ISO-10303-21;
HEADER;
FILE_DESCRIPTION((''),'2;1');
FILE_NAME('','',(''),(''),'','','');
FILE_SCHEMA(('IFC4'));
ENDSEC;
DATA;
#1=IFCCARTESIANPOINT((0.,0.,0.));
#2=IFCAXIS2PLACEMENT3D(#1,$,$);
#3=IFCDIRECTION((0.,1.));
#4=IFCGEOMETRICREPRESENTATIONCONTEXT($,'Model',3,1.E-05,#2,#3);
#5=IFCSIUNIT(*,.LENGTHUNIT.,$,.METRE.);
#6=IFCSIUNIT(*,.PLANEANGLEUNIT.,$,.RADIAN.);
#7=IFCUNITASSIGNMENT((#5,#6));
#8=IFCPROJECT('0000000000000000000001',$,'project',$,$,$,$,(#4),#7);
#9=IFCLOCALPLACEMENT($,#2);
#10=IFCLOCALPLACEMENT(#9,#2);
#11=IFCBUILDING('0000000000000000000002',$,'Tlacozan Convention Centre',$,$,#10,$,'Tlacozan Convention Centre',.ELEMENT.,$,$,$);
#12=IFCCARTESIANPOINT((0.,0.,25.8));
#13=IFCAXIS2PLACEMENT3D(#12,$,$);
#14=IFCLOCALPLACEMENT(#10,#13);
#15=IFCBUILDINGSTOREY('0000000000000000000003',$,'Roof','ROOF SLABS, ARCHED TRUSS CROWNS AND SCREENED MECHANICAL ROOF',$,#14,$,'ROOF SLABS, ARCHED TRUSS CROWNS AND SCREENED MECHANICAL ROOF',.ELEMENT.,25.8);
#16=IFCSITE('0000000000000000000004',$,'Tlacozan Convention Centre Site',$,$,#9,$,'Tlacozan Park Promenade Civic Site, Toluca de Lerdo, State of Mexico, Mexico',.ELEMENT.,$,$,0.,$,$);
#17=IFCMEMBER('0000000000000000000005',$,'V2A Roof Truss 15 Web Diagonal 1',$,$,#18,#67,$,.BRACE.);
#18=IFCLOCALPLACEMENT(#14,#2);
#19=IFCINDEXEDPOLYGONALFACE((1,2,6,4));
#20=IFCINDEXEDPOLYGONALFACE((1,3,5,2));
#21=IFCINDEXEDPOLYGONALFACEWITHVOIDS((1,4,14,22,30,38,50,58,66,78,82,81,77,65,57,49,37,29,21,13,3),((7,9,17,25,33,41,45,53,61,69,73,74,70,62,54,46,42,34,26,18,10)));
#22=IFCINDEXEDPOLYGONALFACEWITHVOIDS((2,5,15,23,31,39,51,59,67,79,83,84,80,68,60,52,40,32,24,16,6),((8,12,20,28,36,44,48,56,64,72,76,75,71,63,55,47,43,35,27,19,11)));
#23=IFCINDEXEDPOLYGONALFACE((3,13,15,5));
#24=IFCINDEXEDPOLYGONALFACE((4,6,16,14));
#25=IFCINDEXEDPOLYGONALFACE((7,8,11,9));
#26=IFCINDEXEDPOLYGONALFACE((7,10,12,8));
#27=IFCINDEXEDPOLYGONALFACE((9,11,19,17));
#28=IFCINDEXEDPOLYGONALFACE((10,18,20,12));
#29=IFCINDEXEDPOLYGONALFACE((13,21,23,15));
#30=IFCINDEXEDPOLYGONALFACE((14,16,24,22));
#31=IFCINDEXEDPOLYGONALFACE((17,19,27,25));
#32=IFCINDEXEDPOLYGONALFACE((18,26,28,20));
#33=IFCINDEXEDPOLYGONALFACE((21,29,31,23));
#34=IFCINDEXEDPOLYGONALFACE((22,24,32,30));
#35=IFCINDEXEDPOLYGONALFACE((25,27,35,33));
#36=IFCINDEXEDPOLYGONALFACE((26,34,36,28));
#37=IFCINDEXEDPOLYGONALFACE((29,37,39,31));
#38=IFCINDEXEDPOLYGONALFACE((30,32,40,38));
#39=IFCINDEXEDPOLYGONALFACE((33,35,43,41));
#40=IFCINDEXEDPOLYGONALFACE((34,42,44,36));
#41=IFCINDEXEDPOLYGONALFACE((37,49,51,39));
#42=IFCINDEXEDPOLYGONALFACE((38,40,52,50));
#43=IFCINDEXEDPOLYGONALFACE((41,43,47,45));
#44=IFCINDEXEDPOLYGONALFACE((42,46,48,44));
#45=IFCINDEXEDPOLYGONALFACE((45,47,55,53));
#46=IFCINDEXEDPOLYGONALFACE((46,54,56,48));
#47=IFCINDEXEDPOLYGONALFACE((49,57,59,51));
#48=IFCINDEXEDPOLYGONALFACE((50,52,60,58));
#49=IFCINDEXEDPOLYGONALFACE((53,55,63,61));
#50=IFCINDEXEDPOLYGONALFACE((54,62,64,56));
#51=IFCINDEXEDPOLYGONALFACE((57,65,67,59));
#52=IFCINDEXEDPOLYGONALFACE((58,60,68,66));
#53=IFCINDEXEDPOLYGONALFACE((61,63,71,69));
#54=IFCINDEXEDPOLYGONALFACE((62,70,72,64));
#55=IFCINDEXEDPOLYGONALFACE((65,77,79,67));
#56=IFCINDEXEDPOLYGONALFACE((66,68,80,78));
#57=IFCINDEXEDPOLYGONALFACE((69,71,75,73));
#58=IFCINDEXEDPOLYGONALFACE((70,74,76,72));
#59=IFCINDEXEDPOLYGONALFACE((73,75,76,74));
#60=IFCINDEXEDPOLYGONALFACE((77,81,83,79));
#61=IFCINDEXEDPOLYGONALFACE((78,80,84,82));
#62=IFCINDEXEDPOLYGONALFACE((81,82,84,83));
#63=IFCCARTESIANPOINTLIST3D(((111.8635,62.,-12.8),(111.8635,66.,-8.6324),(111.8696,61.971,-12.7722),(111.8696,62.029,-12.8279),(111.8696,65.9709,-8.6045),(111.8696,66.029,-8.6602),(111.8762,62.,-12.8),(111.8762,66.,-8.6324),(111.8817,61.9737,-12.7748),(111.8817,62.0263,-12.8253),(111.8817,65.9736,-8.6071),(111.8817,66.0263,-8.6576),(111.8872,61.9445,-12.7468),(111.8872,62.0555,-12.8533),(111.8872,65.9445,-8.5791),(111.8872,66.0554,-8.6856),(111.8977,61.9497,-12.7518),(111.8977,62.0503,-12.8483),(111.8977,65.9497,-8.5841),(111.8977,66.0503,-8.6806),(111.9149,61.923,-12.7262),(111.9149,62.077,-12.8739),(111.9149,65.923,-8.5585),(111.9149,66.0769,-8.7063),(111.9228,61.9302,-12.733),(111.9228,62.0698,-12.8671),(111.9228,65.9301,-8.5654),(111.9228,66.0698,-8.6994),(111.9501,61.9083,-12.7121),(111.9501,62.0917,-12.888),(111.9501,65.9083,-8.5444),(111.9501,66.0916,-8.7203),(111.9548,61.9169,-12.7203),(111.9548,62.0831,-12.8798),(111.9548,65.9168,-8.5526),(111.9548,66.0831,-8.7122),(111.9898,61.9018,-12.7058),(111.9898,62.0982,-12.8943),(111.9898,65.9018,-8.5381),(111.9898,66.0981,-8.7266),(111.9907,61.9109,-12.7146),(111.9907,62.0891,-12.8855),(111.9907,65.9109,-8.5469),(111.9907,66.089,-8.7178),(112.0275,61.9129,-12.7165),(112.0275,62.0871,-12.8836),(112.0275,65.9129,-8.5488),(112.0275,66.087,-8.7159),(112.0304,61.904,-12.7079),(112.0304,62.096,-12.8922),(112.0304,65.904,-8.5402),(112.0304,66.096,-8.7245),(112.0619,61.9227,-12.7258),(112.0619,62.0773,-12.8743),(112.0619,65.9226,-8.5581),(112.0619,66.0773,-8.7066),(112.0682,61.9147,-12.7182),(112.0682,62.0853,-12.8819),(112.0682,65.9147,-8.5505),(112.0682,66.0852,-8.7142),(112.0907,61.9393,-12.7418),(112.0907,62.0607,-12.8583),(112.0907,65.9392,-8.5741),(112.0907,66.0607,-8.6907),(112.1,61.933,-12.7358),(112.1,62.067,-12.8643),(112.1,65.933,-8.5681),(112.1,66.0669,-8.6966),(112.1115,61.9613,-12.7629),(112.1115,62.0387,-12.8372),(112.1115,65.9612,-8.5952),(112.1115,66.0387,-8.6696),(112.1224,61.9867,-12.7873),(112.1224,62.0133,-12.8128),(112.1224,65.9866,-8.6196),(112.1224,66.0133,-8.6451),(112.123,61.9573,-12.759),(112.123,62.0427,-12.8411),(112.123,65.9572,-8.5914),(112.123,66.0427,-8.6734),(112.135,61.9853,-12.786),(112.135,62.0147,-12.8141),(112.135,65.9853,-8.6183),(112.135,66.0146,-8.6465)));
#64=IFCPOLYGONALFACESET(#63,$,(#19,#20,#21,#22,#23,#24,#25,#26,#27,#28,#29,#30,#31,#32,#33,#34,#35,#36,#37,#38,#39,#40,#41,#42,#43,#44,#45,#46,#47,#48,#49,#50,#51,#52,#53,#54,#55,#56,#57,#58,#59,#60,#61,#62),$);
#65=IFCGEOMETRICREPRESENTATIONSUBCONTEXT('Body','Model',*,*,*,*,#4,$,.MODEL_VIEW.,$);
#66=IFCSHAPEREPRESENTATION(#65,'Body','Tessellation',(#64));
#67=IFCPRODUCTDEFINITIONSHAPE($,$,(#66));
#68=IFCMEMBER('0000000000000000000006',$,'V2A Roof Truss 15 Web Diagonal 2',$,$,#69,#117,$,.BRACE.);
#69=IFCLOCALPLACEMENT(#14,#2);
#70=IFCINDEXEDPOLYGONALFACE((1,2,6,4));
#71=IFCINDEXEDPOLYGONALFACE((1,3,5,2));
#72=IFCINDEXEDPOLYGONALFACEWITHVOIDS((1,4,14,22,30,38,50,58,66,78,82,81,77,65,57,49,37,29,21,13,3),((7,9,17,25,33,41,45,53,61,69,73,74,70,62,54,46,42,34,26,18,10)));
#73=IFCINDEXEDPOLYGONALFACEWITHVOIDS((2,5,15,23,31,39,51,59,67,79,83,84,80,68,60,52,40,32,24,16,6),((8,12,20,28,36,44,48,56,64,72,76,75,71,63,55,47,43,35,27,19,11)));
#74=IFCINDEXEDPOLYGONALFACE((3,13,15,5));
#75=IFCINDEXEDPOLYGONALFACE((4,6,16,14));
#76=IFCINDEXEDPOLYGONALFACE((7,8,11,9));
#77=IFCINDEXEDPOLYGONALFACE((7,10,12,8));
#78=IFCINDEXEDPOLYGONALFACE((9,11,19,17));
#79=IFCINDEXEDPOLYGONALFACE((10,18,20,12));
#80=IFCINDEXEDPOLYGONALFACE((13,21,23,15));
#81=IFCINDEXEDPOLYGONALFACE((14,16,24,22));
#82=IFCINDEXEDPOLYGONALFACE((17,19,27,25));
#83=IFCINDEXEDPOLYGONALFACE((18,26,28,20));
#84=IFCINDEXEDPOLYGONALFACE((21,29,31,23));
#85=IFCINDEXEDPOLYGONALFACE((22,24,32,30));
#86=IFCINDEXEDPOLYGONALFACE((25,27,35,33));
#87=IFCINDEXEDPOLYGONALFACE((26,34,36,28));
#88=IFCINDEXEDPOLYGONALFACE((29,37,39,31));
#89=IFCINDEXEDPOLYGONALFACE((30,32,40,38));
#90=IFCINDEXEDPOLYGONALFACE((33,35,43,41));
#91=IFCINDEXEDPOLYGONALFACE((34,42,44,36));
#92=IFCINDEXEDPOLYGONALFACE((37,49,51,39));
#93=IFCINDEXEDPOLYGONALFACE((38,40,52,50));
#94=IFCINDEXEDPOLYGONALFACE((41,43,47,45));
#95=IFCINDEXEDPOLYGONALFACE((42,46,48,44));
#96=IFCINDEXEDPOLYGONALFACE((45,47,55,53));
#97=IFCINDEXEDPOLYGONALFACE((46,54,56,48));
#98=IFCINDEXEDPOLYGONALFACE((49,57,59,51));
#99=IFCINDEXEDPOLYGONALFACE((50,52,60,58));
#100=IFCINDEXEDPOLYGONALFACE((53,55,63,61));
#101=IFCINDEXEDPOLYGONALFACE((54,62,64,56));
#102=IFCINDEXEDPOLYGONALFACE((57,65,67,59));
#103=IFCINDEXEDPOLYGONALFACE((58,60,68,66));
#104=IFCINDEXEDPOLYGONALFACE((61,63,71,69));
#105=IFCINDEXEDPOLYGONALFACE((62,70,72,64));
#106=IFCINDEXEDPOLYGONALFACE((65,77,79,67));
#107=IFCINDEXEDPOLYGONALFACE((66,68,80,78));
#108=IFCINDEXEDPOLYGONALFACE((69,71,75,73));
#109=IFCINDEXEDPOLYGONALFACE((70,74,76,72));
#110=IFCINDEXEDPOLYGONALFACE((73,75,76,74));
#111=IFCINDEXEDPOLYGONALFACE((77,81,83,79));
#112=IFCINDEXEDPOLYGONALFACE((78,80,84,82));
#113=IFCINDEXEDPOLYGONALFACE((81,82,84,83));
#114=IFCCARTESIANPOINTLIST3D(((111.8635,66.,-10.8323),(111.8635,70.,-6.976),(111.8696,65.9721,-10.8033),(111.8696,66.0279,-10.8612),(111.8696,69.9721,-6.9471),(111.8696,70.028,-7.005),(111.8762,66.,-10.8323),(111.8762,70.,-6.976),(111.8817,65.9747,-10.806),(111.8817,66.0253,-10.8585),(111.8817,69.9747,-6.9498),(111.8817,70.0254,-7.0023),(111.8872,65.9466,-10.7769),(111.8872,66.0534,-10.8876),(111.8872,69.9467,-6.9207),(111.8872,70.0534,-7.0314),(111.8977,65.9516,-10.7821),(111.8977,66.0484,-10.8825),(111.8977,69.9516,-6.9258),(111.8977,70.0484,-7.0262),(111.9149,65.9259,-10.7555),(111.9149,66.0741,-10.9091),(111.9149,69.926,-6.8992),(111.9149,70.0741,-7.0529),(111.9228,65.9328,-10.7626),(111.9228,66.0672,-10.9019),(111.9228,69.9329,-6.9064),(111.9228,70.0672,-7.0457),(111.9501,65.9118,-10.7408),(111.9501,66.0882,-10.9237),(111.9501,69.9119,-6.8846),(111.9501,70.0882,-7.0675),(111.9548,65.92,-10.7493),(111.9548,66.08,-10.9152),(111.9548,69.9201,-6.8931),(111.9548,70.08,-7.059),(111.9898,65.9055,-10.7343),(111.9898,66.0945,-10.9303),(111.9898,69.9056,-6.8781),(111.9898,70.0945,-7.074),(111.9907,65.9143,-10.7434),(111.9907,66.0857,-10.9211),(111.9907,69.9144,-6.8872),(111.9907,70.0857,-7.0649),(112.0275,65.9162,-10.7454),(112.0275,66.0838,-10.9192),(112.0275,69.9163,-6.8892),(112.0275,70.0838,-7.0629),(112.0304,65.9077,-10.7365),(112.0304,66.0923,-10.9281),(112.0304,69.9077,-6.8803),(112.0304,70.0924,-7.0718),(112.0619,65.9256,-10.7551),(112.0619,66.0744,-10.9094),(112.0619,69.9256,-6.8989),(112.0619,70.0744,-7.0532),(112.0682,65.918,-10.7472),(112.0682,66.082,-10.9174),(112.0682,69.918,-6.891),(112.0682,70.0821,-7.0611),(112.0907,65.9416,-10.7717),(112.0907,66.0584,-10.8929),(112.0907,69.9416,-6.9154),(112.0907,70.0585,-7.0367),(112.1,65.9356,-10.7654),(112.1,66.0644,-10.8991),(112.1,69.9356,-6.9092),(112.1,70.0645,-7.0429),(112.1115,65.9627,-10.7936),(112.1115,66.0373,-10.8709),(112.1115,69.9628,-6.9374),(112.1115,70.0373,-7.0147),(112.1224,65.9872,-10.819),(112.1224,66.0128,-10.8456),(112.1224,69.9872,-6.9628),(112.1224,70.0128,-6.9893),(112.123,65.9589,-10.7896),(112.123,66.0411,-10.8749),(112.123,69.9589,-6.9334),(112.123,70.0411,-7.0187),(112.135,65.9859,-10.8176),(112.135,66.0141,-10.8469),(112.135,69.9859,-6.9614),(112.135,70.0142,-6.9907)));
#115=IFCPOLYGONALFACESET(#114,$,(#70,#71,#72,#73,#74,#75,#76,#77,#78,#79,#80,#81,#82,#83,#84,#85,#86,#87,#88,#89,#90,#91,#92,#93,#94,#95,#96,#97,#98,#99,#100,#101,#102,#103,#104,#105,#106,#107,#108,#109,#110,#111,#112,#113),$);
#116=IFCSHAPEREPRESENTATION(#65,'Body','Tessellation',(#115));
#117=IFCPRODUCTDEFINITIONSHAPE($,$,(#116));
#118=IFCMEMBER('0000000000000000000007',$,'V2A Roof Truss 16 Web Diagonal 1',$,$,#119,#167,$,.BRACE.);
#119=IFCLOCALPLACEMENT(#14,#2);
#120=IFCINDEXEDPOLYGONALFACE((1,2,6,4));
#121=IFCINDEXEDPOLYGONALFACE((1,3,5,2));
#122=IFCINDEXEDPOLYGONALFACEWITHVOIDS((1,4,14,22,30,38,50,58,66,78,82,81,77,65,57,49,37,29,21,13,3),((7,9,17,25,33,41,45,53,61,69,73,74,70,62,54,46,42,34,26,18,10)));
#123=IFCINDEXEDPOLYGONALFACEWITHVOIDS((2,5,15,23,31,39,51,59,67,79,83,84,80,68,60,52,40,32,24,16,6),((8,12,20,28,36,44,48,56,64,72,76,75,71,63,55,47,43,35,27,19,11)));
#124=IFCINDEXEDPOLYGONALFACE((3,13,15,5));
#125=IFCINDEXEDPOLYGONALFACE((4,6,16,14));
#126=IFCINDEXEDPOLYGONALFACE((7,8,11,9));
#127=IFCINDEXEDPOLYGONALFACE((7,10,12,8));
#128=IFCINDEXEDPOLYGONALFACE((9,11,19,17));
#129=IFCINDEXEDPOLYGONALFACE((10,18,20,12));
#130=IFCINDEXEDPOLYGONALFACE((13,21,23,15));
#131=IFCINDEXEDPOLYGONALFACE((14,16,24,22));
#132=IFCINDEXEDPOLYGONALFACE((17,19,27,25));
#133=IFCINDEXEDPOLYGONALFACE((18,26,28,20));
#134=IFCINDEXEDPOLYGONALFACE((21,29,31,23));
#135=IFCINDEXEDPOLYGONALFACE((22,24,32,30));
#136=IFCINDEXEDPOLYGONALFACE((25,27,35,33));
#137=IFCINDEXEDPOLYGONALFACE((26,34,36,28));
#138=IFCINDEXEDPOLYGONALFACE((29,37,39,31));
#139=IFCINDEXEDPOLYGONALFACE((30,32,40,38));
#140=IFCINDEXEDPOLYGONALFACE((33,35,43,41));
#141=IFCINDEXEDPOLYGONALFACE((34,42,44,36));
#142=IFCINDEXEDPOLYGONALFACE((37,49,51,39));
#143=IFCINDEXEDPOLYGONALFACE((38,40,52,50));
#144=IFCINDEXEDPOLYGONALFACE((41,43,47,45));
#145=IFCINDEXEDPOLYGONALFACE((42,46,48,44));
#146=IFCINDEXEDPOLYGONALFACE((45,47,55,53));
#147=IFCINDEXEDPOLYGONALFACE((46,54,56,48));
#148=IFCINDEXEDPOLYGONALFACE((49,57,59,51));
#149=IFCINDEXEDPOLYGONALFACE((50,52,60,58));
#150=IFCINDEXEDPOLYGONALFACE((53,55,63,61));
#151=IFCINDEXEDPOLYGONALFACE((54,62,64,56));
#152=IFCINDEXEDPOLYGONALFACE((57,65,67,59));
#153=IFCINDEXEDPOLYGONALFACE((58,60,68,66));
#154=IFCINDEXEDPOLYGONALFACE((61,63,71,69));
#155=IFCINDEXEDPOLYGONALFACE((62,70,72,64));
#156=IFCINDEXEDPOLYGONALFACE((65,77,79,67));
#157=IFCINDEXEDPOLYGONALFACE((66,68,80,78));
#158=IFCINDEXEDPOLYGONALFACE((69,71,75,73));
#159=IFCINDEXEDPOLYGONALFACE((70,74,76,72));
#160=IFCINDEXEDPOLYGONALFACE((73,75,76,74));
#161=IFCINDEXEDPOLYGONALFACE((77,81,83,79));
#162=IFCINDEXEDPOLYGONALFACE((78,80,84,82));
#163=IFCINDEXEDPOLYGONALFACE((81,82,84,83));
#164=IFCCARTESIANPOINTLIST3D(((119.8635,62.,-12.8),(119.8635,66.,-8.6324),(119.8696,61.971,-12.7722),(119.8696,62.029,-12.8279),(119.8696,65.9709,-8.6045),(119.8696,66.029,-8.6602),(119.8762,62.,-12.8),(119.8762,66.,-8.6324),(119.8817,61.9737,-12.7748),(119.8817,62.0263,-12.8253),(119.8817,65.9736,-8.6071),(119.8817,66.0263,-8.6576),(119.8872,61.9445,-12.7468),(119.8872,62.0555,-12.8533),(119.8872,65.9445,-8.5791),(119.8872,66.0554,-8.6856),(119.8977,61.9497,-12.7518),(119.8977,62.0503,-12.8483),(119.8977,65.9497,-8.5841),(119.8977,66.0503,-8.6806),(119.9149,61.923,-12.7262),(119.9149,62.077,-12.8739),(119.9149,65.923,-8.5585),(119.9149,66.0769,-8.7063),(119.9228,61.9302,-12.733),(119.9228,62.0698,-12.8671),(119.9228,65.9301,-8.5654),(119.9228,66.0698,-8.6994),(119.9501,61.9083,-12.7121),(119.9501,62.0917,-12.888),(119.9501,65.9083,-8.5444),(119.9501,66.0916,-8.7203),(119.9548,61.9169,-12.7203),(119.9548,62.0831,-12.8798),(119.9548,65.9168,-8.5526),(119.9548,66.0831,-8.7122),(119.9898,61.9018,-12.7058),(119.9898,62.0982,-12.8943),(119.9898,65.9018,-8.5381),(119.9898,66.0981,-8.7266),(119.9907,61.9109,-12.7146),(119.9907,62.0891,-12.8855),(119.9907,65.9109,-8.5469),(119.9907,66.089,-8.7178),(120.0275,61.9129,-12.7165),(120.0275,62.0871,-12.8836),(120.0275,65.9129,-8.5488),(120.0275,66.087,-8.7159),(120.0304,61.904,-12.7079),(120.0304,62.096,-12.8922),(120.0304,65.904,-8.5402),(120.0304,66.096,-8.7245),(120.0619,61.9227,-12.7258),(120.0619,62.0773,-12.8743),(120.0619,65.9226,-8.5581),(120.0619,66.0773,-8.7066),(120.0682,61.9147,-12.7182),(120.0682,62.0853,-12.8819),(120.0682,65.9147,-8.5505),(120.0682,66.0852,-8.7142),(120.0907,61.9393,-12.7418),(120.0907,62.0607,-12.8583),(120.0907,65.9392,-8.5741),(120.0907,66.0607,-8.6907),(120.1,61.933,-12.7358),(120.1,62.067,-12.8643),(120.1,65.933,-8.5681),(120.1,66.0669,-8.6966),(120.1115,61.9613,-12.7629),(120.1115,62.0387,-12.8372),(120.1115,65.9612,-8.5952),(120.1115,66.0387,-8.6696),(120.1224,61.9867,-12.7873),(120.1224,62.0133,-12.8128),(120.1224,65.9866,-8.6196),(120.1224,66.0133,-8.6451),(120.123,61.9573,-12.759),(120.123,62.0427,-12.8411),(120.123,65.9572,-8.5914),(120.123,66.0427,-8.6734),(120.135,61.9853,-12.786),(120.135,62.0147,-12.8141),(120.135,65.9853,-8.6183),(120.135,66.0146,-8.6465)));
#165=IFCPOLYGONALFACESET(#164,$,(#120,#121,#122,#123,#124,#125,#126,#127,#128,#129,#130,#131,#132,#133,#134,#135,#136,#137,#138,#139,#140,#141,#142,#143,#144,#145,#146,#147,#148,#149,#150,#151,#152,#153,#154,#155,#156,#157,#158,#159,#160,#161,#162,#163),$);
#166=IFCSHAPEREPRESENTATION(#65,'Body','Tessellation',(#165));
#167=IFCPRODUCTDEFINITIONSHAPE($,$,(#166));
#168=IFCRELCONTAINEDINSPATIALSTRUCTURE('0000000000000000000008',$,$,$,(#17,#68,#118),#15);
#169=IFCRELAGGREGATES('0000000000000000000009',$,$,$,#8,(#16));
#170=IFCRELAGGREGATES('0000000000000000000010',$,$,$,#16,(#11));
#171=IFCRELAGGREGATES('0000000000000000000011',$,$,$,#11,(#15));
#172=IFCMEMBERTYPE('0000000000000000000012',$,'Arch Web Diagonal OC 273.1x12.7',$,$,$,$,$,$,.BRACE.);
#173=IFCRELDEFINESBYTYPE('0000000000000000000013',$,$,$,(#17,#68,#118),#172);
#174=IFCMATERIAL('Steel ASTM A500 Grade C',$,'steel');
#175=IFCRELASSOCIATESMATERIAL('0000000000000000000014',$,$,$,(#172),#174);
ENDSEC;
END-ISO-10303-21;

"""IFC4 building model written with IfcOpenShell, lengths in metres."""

from ifc_helpers import new_model, si_unit, direction, frame, origin, origin_2d, place, context, subcontext, project, spatial, hollow_circle, extrude, material, material_profile, profile_set, type_object, element, save


model = new_model("IFC4")

# Units and contexts
model_context = context("Model", 3, precision=1e-05, world=origin(), true_north=direction((0.0, 1.0)))
body_context = subcontext(model_context, "Body", "Model", "MODEL_VIEW")
ifc_project = project(units=[si_unit("LENGTHUNIT", "METRE"), si_unit("PLANEANGLEUNIT", "RADIAN")], contexts=[model_context])

# Site, building, storey
site_placement = place(None, origin())
site = spatial("IfcSite", under=ifc_project, at=site_placement, Name="Tlacozan Convention Centre Site", LongName="Tlacozan Park Promenade Civic Site, Toluca de Lerdo, State of Mexico, Mexico", CompositionType="ELEMENT", RefElevation=0.0)
building_placement = place(site_placement, origin())
building = spatial("IfcBuilding", under=site, at=building_placement, Name="Tlacozan Convention Centre", LongName="Tlacozan Convention Centre", CompositionType="ELEMENT")
storey_placement = place(building_placement, frame((0.0, 0.0, 25.8)))
storey = spatial("IfcBuildingStorey", under=building, at=storey_placement, Name="Roof", Description="ROOF SLABS, ARCHED TRUSS CROWNS AND SCREENED MECHANICAL ROOF", LongName="ROOF SLABS, ARCHED TRUSS CROWNS AND SCREENED MECHANICAL ROOF", CompositionType="ELEMENT", Elevation=25.8)

# Members
ifc_material_1 = material(Name="Steel ASTM A500 Grade C", Category="steel")
ifc_material_profile_1 = material_profile(ifc_material_1, hollow_circle(Radius=0.1365, WallThickness=0.0127, at=origin_2d()), Name="OC 273.1x12.7")
ifc_profile_set_1 = profile_set([ifc_material_profile_1], Name="Steel ASTM A500 Grade C")
member_type_1 = type_object("IfcMemberType", Name="Arch Web Diagonal OC 273.1x12.7", PredefinedType="BRACE", material=ifc_profile_set_1)
member_1_placement = place(storey_placement, frame((112.0, 62.0, -12.8), z_axis=(0.0, 0.69244, 0.721475), x_axis=(-1.0, 0.0, 0.0)))
element("IfcMember", 1, at=member_1_placement, inside=storey, type_object=member_type_1, Name="V2A Roof Truss 15 Web Diagonal 1", PredefinedType="BRACE", context=body_context, shape_type="SweptSolid", body=[
    extrude(hollow_circle(Radius=0.1365, WallThickness=0.0127, at=origin_2d()), origin(), (0.0, 0.0, 1.0), 5.7766),
])
member_2_placement = place(storey_placement, frame((112.0, 66.0, -10.8323), z_axis=(0.0, 0.719929, 0.694048), x_axis=(-1.0, 0.0, 0.0)))
element("IfcMember", 2, at=member_2_placement, inside=storey, type_object=member_type_1, Name="V2A Roof Truss 15 Web Diagonal 2", PredefinedType="BRACE", context=body_context, shape_type="SweptSolid", body=[
    extrude(hollow_circle(Radius=0.1365, WallThickness=0.0127, at=origin_2d()), origin(), (0.0, 0.0, 1.0), 5.5562),
])
member_3_placement = place(storey_placement, frame((120.0, 62.0, -12.8), z_axis=(0.0, 0.69244, 0.721475), x_axis=(-1.0, 0.0, 0.0)))
element("IfcMember", 3, at=member_3_placement, inside=storey, type_object=member_type_1, Name="V2A Roof Truss 16 Web Diagonal 1", PredefinedType="BRACE", context=body_context, shape_type="SweptSolid", body=[
    extrude(hollow_circle(Radius=0.1365, WallThickness=0.0127, at=origin_2d()), origin(), (0.0, 0.0, 1.0), 5.7766),
])

save(model, "model.ifc")
